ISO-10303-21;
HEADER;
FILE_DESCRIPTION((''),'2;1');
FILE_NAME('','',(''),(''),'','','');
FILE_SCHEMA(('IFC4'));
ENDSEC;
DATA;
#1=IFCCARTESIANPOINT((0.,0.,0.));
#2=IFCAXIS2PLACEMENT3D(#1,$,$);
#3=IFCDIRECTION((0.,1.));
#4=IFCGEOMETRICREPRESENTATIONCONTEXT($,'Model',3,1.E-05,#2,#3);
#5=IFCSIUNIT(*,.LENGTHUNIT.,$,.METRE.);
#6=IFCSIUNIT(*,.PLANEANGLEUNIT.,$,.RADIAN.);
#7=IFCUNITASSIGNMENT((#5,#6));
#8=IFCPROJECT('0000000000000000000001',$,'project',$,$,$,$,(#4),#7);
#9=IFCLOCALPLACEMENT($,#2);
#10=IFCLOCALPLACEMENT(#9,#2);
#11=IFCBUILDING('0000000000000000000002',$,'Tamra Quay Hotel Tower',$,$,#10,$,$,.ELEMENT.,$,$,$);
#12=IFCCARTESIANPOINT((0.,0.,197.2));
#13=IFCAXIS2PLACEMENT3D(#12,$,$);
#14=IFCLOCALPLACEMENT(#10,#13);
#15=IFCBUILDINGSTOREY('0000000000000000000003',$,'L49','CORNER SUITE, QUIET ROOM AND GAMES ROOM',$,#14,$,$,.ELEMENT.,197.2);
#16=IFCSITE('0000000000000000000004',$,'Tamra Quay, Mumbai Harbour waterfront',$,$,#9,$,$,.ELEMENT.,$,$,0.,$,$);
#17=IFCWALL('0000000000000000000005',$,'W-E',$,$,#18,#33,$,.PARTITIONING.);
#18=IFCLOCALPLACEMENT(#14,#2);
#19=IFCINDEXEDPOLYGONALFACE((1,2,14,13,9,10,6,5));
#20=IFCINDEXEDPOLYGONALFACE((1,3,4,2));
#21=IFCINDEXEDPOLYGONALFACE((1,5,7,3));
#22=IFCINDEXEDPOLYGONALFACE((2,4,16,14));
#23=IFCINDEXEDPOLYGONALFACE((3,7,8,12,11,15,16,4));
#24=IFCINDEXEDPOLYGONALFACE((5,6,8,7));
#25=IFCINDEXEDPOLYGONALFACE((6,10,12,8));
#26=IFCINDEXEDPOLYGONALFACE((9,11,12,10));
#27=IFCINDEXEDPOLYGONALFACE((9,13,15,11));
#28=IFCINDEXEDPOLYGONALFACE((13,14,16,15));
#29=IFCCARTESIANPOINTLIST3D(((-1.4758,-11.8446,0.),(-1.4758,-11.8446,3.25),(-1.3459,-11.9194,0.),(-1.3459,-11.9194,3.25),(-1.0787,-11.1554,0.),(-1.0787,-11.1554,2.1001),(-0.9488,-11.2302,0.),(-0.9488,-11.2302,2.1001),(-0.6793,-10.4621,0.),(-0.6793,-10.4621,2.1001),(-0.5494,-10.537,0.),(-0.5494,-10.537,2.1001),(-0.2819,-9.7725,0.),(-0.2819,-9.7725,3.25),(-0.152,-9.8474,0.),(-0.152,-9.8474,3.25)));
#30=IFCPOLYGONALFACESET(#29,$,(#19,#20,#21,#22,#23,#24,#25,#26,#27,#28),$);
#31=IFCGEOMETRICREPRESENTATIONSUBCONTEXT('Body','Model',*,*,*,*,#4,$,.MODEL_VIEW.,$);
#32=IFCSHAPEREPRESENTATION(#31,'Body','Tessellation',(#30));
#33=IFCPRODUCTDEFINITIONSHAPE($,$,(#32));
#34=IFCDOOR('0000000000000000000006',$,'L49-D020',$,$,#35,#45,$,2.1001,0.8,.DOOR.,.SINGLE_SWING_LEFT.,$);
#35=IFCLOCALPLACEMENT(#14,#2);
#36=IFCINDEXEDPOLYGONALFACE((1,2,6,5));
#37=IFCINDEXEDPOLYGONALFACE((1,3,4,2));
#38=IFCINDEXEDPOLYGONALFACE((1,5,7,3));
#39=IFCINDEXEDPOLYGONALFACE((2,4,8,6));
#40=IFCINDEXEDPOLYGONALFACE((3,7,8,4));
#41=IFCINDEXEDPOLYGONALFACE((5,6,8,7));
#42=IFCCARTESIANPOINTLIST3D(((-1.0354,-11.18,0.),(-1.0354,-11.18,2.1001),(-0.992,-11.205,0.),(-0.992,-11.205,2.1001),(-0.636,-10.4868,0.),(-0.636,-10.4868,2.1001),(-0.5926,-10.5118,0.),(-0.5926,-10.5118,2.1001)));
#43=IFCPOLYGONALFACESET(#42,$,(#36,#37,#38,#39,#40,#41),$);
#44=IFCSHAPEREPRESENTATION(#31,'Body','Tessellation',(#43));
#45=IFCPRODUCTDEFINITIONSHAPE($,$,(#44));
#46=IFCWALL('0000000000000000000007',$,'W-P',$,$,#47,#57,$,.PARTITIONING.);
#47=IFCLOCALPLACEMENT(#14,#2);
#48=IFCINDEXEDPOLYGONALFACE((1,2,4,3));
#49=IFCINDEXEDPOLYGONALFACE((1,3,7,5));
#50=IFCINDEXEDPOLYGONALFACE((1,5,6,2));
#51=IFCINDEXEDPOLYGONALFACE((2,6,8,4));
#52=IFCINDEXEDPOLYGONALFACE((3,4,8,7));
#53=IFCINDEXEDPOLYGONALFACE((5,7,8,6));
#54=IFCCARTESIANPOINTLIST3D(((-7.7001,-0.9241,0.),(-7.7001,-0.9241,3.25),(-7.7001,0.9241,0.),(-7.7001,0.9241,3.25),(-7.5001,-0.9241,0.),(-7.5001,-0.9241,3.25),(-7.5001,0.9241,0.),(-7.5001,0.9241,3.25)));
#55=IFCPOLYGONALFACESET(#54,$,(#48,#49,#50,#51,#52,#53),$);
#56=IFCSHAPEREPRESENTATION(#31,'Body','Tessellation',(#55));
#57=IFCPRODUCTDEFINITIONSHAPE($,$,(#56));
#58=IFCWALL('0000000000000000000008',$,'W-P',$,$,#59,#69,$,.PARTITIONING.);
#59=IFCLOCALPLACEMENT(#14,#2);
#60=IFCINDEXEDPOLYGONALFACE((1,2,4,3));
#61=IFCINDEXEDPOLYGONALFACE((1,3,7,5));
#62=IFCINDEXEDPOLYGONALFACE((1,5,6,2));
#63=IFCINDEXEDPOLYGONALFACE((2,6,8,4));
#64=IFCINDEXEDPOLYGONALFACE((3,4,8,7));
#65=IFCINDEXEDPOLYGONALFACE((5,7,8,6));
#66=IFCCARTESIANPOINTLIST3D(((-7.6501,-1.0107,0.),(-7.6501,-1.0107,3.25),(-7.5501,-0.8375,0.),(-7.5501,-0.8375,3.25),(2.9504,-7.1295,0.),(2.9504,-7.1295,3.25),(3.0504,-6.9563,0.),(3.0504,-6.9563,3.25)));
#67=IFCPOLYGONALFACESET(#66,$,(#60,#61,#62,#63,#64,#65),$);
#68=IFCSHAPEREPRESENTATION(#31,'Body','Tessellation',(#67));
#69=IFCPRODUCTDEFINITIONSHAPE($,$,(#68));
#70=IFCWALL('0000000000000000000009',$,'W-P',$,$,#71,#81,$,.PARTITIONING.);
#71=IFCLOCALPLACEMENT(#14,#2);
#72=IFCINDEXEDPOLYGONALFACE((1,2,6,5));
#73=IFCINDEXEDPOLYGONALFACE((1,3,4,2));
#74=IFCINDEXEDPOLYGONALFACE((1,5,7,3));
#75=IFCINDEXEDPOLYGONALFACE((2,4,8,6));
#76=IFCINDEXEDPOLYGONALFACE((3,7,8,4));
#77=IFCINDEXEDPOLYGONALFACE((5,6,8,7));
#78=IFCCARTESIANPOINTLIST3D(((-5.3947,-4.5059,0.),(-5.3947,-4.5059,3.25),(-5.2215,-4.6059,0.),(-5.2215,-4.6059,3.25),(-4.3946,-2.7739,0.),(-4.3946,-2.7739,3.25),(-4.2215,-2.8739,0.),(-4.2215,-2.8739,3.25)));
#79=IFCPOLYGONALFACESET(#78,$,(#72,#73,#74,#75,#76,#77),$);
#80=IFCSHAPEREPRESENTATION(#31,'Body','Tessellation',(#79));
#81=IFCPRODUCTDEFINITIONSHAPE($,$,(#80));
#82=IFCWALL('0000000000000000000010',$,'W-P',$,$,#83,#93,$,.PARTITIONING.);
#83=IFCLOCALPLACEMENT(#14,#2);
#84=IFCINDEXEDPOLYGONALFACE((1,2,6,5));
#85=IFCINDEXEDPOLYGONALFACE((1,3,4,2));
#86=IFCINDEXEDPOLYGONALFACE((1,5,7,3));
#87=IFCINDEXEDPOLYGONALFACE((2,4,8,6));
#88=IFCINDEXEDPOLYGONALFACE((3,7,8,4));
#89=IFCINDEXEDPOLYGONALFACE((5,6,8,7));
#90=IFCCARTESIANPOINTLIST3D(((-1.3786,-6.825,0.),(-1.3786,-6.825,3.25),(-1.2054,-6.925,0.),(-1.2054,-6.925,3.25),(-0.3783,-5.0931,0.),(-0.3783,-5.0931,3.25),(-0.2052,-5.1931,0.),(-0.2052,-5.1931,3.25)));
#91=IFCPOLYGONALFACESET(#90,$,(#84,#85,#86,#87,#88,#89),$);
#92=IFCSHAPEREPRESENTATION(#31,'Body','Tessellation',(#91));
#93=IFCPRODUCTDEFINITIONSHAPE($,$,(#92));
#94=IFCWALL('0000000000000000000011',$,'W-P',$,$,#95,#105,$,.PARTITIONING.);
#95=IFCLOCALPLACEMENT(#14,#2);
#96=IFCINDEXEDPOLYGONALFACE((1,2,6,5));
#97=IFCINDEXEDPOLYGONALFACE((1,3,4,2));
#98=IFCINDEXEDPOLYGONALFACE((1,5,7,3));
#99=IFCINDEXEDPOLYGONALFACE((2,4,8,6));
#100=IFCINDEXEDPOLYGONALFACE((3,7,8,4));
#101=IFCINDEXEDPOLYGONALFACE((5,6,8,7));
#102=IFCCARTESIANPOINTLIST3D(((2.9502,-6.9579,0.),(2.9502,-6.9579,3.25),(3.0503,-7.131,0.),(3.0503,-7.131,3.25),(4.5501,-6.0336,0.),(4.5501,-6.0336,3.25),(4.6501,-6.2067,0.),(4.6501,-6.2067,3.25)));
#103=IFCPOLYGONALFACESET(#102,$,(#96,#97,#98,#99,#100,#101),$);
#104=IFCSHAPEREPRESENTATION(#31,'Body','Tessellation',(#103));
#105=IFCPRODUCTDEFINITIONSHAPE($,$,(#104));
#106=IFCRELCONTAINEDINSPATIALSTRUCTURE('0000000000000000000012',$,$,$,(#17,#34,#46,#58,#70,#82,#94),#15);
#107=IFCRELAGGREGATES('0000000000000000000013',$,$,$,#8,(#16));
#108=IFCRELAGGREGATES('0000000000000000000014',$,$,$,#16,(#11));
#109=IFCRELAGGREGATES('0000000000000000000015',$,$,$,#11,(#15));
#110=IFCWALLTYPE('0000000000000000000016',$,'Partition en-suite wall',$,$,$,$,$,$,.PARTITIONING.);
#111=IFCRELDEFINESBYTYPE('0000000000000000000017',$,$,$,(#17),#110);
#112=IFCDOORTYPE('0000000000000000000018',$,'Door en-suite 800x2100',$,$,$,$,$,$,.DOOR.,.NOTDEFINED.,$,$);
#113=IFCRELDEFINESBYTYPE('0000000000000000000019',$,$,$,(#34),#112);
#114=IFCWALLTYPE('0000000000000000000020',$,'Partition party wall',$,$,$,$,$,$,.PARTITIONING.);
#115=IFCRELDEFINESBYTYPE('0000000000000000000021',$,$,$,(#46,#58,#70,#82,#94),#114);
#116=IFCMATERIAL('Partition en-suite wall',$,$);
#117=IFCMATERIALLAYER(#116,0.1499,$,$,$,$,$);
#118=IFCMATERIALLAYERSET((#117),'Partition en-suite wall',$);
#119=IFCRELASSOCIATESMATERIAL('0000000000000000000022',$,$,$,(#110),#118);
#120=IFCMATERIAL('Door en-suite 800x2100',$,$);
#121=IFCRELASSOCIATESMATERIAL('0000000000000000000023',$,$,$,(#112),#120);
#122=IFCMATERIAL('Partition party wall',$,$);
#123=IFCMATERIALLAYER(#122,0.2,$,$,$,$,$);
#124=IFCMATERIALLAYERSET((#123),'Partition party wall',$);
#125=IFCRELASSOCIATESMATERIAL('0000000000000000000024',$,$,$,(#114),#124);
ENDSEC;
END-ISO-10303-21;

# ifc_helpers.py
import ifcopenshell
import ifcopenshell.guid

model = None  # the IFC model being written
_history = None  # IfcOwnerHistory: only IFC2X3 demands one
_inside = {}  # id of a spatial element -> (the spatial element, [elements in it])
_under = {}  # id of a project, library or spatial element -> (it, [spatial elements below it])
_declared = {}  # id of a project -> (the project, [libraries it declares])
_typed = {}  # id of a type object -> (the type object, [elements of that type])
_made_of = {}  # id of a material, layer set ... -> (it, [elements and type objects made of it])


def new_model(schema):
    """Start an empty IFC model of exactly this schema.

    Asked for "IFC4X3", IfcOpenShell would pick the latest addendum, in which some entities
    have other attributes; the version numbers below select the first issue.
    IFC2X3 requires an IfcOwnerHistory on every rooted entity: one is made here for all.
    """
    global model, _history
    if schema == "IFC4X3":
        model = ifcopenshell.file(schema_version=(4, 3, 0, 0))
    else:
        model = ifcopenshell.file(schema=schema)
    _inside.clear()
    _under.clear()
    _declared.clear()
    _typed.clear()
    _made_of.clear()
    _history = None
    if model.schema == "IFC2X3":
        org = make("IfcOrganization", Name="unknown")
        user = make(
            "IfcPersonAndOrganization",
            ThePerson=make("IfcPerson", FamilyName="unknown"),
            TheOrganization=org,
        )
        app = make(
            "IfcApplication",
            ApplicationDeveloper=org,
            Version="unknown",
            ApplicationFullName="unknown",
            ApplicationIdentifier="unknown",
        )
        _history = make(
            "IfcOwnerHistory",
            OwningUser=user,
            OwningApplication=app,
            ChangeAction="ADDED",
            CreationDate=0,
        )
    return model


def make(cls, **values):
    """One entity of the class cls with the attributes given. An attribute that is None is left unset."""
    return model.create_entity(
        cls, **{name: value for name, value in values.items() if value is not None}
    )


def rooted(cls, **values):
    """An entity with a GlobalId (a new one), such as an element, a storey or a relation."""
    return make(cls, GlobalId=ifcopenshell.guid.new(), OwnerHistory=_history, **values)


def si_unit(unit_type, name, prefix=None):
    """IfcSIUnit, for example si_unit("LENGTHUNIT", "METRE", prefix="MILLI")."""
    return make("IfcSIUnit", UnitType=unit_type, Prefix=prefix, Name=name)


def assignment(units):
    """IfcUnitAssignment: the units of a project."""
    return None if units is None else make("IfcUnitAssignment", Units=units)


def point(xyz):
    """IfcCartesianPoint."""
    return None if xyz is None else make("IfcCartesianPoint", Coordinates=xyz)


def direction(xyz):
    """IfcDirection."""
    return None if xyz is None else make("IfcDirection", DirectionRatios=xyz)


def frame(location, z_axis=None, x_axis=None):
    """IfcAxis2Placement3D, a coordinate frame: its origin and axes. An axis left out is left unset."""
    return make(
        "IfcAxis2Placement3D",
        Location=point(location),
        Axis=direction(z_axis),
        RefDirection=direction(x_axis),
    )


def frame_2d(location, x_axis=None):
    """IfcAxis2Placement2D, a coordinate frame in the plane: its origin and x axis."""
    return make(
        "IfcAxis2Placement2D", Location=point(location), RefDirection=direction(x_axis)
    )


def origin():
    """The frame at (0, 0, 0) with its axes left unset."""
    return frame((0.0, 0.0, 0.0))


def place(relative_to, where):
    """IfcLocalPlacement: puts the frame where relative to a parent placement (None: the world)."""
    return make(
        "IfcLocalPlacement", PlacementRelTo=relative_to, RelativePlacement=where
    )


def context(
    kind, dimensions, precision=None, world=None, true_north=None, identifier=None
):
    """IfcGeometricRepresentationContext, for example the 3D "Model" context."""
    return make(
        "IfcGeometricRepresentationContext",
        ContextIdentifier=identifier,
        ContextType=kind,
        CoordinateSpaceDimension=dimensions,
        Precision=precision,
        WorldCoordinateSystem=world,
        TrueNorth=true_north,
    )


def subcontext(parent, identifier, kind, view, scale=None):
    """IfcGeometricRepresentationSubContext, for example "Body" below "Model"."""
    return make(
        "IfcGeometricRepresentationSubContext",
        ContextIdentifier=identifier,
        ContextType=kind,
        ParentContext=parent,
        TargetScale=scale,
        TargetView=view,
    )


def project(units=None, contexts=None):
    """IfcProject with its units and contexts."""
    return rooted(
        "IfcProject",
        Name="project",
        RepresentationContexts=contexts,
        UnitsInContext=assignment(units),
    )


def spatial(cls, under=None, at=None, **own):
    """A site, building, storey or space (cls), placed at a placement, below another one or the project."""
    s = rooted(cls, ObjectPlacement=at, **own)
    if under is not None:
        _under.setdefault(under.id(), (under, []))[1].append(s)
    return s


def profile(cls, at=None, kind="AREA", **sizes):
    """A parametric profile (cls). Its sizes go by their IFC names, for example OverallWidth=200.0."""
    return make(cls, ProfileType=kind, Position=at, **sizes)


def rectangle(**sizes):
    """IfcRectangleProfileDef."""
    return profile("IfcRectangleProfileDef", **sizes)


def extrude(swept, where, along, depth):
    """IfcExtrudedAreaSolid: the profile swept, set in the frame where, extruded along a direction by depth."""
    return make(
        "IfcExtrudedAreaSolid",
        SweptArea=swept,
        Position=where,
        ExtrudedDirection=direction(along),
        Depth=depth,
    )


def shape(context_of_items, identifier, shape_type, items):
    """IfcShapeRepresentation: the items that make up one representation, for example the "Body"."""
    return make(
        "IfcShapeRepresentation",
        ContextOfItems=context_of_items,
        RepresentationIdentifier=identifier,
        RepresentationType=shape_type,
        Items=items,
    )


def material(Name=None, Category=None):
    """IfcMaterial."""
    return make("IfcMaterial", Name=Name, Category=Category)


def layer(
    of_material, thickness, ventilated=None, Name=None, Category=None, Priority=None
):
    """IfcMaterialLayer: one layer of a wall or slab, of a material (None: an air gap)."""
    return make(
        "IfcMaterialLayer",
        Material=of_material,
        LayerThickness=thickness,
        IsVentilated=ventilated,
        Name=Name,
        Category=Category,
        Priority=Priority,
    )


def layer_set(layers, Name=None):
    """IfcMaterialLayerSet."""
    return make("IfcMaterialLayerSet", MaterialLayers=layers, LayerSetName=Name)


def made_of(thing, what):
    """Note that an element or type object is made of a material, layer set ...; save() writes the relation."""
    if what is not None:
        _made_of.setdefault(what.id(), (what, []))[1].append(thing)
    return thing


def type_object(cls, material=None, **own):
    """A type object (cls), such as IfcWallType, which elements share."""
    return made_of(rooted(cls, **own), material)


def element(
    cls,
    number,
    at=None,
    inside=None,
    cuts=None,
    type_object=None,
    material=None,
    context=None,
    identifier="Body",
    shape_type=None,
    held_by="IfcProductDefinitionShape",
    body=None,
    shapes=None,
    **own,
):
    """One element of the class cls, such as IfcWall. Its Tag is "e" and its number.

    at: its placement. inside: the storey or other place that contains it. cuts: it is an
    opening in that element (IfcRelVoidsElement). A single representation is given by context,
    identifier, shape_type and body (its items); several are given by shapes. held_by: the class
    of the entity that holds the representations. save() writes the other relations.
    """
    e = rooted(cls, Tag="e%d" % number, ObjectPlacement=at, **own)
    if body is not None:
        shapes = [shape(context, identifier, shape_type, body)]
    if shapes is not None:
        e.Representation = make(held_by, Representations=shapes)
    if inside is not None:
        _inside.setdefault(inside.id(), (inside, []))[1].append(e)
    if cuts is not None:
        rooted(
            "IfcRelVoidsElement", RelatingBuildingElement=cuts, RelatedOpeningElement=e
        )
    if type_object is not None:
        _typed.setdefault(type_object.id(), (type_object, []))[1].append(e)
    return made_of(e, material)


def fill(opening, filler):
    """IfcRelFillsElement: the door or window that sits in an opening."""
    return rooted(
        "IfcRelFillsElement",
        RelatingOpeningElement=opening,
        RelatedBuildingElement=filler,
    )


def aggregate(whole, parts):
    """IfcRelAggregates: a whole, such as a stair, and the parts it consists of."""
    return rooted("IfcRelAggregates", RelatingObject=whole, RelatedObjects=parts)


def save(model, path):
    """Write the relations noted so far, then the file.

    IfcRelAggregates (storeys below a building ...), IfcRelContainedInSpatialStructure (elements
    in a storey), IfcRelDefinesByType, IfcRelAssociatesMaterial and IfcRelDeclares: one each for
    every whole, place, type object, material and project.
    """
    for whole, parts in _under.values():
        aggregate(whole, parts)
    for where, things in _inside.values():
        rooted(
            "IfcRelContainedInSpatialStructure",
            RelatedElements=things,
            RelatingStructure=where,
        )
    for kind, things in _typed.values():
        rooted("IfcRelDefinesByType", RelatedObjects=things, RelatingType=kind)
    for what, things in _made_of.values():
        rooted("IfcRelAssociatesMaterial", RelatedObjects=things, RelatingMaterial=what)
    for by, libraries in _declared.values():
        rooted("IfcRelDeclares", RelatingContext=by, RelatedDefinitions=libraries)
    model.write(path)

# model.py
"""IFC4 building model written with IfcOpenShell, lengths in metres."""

from ifc_helpers import new_model, si_unit, direction, frame, frame_2d, origin, place, context, subcontext, project, spatial, rectangle, extrude, material, layer, layer_set, type_object, element, fill, save


model = new_model("IFC4")

# Units and contexts
model_context = context("Model", 3, precision=1e-05, world=origin(), true_north=direction((0.0, 1.0)))
body_context = subcontext(model_context, "Body", "Model", "MODEL_VIEW")
ifc_project = project(units=[si_unit("LENGTHUNIT", "METRE"), si_unit("PLANEANGLEUNIT", "RADIAN")], contexts=[model_context])

# Site, building, storey
site_placement = place(None, origin())
site = spatial("IfcSite", under=ifc_project, at=site_placement, Name="Tamra Quay, Mumbai Harbour waterfront", CompositionType="ELEMENT", RefElevation=0.0)
building_placement = place(site_placement, origin())
building = spatial("IfcBuilding", under=site, at=building_placement, Name="Tamra Quay Hotel Tower", CompositionType="ELEMENT")
storey_placement = place(building_placement, frame((0.0, 0.0, 197.2)))
storey = spatial("IfcBuildingStorey", under=building, at=storey_placement, Name="L49", Description="CORNER SUITE, QUIET ROOM AND GAMES ROOM", CompositionType="ELEMENT", Elevation=197.2)

# Shared definitions
ifc_material_1 = material(Name="Partition en-suite wall")
ifc_layer_1 = layer(ifc_material_1, 0.1499)
ifc_layer_set_1 = layer_set([ifc_layer_1], Name="Partition en-suite wall")
wall_type_1 = type_object("IfcWallType", Name="Partition en-suite wall", PredefinedType="PARTITIONING", material=ifc_layer_set_1)
ifc_material_2 = material(Name="Door en-suite 800x2100")
door_type_1 = type_object("IfcDoorType", Name="Door en-suite 800x2100", OperationType="NOTDEFINED", PredefinedType="DOOR", material=ifc_material_2)

# Wall, opening, door
wall_1_placement = place(storey_placement, frame((-1.4109, -11.8821, 0.0), z_axis=(0.0, 0.0, 1.0), x_axis=(0.499236, 0.866466, 0.0)))
wall_1 = element("IfcWall", 1, at=wall_1_placement, inside=storey, type_object=wall_type_1, Name="W-E", PredefinedType="PARTITIONING", context=body_context, shape_type="SweptSolid", body=[
    extrude(rectangle(XDim=2.3914, YDim=0.1499, at=frame_2d((1.1958, 0.0))), origin(), (0.0, 0.0, 1.0), 3.25),
])
opening_1_placement = place(wall_1_placement, frame((0.7957, 0.0, 0.0)))
opening_1 = element("IfcOpeningElement", 2, at=opening_1_placement, cuts=wall_1, PredefinedType="OPENING", context=body_context, shape_type="SweptSolid", body=[
    extrude(rectangle(XDim=0.8, YDim=2.1001, at=frame_2d((0.3999, 1.05))), frame((0.0, 0.085, 0.0), z_axis=(0.0, -1.0, 0.0), x_axis=(1.0, 0.0, 0.0)), (0.0, 0.0, 1.0), 0.1699),
])
door_1_placement = place(opening_1_placement, frame((0.8, 0.0, 0.0), z_axis=(0.0, 0.0, 1.0), x_axis=(-1.0, 0.0, 0.0)))
door_1 = element("IfcDoor", 3, at=door_1_placement, inside=storey, type_object=door_type_1, Name="L49-D020", OperationType="SINGLE_SWING_LEFT", OverallHeight=2.1001, OverallWidth=0.8, PredefinedType="DOOR", context=body_context, shape_type="SweptSolid", body=[
    extrude(rectangle(XDim=0.8, YDim=2.1001, at=frame_2d((0.3999, 1.05))), frame((0.0, 0.0249, 0.0), z_axis=(0.0, -1.0, 0.0), x_axis=(1.0, 0.0, 0.0)), (0.0, 0.0, 1.0), 0.05),
])
fill(opening_1, door_1)

# Walls
ifc_material_3 = material(Name="Partition party wall")
ifc_layer_2 = layer(ifc_material_3, 0.2)
ifc_layer_set_2 = layer_set([ifc_layer_2], Name="Partition party wall")
wall_type_2 = type_object("IfcWallType", Name="Partition party wall", PredefinedType="PARTITIONING", material=ifc_layer_set_2)
wall_2_placement = place(storey_placement, frame((-7.6001, -0.9241, 0.0), z_axis=(0.0, 0.0, 1.0), x_axis=(0.0, 1.0, 0.0)))
element("IfcWall", 4, at=wall_2_placement, inside=storey, type_object=wall_type_2, Name="W-P", PredefinedType="PARTITIONING", context=body_context, shape_type="SweptSolid", body=[
    extrude(rectangle(XDim=1.8481, YDim=0.2, at=frame_2d((0.9241, 0.0))), origin(), (0.0, 0.0, 1.0), 3.25),
])
wall_3_placement = place(storey_placement, frame((-7.6001, -0.9241, 0.0), z_axis=(0.0, 0.0, 1.0), x_axis=(0.866073, -0.499917, 0.0)))
element("IfcWall", 5, at=wall_3_placement, inside=storey, type_object=wall_type_2, Name="W-P", PredefinedType="PARTITIONING", context=body_context, shape_type="SweptSolid", body=[
    extrude(rectangle(XDim=12.2397, YDim=0.2, at=frame_2d((6.1199, 0.0))), origin(), (0.0, 0.0, 1.0), 3.25),
])
for number, where, z_axis, x_axis, name in (
    (6, (-5.3081, -4.5559, 0.0), (0.0, 0.0, 1.0), (0.500025, 0.866011, 0.0), "W-P"),
    (7, (-1.292, -6.875, 0.0), (0.0, 0.0, 1.0), (0.500117, 0.865958, 0.0), "W-P"),
):
    element("IfcWall", number, at=place(storey_placement, frame(where, z_axis=z_axis, x_axis=x_axis)), inside=storey, type_object=wall_type_2, Name=name, PredefinedType="PARTITIONING", context=body_context, shape_type="SweptSolid", body=[
        extrude(rectangle(XDim=2.0, YDim=0.2, at=frame_2d((1.0, 0.0))), origin(), (0.0, 0.0, 1.0), 3.25),
    ])
wall_4_placement = place(storey_placement, frame((3.0002, -7.0444, 0.0), z_axis=(0.0, 0.0, 1.0), x_axis=(0.865875, 0.50026, 0.0)))
element("IfcWall", 8, at=wall_4_placement, inside=storey, type_object=wall_type_2, Name="W-P", PredefinedType="PARTITIONING", context=body_context, shape_type="SweptSolid", body=[
    extrude(rectangle(XDim=1.8477, YDim=0.2, at=frame_2d((0.9238, 0.0))), origin(), (0.0, 0.0, 1.0), 3.25),
])

save(model, "model.ifc")
